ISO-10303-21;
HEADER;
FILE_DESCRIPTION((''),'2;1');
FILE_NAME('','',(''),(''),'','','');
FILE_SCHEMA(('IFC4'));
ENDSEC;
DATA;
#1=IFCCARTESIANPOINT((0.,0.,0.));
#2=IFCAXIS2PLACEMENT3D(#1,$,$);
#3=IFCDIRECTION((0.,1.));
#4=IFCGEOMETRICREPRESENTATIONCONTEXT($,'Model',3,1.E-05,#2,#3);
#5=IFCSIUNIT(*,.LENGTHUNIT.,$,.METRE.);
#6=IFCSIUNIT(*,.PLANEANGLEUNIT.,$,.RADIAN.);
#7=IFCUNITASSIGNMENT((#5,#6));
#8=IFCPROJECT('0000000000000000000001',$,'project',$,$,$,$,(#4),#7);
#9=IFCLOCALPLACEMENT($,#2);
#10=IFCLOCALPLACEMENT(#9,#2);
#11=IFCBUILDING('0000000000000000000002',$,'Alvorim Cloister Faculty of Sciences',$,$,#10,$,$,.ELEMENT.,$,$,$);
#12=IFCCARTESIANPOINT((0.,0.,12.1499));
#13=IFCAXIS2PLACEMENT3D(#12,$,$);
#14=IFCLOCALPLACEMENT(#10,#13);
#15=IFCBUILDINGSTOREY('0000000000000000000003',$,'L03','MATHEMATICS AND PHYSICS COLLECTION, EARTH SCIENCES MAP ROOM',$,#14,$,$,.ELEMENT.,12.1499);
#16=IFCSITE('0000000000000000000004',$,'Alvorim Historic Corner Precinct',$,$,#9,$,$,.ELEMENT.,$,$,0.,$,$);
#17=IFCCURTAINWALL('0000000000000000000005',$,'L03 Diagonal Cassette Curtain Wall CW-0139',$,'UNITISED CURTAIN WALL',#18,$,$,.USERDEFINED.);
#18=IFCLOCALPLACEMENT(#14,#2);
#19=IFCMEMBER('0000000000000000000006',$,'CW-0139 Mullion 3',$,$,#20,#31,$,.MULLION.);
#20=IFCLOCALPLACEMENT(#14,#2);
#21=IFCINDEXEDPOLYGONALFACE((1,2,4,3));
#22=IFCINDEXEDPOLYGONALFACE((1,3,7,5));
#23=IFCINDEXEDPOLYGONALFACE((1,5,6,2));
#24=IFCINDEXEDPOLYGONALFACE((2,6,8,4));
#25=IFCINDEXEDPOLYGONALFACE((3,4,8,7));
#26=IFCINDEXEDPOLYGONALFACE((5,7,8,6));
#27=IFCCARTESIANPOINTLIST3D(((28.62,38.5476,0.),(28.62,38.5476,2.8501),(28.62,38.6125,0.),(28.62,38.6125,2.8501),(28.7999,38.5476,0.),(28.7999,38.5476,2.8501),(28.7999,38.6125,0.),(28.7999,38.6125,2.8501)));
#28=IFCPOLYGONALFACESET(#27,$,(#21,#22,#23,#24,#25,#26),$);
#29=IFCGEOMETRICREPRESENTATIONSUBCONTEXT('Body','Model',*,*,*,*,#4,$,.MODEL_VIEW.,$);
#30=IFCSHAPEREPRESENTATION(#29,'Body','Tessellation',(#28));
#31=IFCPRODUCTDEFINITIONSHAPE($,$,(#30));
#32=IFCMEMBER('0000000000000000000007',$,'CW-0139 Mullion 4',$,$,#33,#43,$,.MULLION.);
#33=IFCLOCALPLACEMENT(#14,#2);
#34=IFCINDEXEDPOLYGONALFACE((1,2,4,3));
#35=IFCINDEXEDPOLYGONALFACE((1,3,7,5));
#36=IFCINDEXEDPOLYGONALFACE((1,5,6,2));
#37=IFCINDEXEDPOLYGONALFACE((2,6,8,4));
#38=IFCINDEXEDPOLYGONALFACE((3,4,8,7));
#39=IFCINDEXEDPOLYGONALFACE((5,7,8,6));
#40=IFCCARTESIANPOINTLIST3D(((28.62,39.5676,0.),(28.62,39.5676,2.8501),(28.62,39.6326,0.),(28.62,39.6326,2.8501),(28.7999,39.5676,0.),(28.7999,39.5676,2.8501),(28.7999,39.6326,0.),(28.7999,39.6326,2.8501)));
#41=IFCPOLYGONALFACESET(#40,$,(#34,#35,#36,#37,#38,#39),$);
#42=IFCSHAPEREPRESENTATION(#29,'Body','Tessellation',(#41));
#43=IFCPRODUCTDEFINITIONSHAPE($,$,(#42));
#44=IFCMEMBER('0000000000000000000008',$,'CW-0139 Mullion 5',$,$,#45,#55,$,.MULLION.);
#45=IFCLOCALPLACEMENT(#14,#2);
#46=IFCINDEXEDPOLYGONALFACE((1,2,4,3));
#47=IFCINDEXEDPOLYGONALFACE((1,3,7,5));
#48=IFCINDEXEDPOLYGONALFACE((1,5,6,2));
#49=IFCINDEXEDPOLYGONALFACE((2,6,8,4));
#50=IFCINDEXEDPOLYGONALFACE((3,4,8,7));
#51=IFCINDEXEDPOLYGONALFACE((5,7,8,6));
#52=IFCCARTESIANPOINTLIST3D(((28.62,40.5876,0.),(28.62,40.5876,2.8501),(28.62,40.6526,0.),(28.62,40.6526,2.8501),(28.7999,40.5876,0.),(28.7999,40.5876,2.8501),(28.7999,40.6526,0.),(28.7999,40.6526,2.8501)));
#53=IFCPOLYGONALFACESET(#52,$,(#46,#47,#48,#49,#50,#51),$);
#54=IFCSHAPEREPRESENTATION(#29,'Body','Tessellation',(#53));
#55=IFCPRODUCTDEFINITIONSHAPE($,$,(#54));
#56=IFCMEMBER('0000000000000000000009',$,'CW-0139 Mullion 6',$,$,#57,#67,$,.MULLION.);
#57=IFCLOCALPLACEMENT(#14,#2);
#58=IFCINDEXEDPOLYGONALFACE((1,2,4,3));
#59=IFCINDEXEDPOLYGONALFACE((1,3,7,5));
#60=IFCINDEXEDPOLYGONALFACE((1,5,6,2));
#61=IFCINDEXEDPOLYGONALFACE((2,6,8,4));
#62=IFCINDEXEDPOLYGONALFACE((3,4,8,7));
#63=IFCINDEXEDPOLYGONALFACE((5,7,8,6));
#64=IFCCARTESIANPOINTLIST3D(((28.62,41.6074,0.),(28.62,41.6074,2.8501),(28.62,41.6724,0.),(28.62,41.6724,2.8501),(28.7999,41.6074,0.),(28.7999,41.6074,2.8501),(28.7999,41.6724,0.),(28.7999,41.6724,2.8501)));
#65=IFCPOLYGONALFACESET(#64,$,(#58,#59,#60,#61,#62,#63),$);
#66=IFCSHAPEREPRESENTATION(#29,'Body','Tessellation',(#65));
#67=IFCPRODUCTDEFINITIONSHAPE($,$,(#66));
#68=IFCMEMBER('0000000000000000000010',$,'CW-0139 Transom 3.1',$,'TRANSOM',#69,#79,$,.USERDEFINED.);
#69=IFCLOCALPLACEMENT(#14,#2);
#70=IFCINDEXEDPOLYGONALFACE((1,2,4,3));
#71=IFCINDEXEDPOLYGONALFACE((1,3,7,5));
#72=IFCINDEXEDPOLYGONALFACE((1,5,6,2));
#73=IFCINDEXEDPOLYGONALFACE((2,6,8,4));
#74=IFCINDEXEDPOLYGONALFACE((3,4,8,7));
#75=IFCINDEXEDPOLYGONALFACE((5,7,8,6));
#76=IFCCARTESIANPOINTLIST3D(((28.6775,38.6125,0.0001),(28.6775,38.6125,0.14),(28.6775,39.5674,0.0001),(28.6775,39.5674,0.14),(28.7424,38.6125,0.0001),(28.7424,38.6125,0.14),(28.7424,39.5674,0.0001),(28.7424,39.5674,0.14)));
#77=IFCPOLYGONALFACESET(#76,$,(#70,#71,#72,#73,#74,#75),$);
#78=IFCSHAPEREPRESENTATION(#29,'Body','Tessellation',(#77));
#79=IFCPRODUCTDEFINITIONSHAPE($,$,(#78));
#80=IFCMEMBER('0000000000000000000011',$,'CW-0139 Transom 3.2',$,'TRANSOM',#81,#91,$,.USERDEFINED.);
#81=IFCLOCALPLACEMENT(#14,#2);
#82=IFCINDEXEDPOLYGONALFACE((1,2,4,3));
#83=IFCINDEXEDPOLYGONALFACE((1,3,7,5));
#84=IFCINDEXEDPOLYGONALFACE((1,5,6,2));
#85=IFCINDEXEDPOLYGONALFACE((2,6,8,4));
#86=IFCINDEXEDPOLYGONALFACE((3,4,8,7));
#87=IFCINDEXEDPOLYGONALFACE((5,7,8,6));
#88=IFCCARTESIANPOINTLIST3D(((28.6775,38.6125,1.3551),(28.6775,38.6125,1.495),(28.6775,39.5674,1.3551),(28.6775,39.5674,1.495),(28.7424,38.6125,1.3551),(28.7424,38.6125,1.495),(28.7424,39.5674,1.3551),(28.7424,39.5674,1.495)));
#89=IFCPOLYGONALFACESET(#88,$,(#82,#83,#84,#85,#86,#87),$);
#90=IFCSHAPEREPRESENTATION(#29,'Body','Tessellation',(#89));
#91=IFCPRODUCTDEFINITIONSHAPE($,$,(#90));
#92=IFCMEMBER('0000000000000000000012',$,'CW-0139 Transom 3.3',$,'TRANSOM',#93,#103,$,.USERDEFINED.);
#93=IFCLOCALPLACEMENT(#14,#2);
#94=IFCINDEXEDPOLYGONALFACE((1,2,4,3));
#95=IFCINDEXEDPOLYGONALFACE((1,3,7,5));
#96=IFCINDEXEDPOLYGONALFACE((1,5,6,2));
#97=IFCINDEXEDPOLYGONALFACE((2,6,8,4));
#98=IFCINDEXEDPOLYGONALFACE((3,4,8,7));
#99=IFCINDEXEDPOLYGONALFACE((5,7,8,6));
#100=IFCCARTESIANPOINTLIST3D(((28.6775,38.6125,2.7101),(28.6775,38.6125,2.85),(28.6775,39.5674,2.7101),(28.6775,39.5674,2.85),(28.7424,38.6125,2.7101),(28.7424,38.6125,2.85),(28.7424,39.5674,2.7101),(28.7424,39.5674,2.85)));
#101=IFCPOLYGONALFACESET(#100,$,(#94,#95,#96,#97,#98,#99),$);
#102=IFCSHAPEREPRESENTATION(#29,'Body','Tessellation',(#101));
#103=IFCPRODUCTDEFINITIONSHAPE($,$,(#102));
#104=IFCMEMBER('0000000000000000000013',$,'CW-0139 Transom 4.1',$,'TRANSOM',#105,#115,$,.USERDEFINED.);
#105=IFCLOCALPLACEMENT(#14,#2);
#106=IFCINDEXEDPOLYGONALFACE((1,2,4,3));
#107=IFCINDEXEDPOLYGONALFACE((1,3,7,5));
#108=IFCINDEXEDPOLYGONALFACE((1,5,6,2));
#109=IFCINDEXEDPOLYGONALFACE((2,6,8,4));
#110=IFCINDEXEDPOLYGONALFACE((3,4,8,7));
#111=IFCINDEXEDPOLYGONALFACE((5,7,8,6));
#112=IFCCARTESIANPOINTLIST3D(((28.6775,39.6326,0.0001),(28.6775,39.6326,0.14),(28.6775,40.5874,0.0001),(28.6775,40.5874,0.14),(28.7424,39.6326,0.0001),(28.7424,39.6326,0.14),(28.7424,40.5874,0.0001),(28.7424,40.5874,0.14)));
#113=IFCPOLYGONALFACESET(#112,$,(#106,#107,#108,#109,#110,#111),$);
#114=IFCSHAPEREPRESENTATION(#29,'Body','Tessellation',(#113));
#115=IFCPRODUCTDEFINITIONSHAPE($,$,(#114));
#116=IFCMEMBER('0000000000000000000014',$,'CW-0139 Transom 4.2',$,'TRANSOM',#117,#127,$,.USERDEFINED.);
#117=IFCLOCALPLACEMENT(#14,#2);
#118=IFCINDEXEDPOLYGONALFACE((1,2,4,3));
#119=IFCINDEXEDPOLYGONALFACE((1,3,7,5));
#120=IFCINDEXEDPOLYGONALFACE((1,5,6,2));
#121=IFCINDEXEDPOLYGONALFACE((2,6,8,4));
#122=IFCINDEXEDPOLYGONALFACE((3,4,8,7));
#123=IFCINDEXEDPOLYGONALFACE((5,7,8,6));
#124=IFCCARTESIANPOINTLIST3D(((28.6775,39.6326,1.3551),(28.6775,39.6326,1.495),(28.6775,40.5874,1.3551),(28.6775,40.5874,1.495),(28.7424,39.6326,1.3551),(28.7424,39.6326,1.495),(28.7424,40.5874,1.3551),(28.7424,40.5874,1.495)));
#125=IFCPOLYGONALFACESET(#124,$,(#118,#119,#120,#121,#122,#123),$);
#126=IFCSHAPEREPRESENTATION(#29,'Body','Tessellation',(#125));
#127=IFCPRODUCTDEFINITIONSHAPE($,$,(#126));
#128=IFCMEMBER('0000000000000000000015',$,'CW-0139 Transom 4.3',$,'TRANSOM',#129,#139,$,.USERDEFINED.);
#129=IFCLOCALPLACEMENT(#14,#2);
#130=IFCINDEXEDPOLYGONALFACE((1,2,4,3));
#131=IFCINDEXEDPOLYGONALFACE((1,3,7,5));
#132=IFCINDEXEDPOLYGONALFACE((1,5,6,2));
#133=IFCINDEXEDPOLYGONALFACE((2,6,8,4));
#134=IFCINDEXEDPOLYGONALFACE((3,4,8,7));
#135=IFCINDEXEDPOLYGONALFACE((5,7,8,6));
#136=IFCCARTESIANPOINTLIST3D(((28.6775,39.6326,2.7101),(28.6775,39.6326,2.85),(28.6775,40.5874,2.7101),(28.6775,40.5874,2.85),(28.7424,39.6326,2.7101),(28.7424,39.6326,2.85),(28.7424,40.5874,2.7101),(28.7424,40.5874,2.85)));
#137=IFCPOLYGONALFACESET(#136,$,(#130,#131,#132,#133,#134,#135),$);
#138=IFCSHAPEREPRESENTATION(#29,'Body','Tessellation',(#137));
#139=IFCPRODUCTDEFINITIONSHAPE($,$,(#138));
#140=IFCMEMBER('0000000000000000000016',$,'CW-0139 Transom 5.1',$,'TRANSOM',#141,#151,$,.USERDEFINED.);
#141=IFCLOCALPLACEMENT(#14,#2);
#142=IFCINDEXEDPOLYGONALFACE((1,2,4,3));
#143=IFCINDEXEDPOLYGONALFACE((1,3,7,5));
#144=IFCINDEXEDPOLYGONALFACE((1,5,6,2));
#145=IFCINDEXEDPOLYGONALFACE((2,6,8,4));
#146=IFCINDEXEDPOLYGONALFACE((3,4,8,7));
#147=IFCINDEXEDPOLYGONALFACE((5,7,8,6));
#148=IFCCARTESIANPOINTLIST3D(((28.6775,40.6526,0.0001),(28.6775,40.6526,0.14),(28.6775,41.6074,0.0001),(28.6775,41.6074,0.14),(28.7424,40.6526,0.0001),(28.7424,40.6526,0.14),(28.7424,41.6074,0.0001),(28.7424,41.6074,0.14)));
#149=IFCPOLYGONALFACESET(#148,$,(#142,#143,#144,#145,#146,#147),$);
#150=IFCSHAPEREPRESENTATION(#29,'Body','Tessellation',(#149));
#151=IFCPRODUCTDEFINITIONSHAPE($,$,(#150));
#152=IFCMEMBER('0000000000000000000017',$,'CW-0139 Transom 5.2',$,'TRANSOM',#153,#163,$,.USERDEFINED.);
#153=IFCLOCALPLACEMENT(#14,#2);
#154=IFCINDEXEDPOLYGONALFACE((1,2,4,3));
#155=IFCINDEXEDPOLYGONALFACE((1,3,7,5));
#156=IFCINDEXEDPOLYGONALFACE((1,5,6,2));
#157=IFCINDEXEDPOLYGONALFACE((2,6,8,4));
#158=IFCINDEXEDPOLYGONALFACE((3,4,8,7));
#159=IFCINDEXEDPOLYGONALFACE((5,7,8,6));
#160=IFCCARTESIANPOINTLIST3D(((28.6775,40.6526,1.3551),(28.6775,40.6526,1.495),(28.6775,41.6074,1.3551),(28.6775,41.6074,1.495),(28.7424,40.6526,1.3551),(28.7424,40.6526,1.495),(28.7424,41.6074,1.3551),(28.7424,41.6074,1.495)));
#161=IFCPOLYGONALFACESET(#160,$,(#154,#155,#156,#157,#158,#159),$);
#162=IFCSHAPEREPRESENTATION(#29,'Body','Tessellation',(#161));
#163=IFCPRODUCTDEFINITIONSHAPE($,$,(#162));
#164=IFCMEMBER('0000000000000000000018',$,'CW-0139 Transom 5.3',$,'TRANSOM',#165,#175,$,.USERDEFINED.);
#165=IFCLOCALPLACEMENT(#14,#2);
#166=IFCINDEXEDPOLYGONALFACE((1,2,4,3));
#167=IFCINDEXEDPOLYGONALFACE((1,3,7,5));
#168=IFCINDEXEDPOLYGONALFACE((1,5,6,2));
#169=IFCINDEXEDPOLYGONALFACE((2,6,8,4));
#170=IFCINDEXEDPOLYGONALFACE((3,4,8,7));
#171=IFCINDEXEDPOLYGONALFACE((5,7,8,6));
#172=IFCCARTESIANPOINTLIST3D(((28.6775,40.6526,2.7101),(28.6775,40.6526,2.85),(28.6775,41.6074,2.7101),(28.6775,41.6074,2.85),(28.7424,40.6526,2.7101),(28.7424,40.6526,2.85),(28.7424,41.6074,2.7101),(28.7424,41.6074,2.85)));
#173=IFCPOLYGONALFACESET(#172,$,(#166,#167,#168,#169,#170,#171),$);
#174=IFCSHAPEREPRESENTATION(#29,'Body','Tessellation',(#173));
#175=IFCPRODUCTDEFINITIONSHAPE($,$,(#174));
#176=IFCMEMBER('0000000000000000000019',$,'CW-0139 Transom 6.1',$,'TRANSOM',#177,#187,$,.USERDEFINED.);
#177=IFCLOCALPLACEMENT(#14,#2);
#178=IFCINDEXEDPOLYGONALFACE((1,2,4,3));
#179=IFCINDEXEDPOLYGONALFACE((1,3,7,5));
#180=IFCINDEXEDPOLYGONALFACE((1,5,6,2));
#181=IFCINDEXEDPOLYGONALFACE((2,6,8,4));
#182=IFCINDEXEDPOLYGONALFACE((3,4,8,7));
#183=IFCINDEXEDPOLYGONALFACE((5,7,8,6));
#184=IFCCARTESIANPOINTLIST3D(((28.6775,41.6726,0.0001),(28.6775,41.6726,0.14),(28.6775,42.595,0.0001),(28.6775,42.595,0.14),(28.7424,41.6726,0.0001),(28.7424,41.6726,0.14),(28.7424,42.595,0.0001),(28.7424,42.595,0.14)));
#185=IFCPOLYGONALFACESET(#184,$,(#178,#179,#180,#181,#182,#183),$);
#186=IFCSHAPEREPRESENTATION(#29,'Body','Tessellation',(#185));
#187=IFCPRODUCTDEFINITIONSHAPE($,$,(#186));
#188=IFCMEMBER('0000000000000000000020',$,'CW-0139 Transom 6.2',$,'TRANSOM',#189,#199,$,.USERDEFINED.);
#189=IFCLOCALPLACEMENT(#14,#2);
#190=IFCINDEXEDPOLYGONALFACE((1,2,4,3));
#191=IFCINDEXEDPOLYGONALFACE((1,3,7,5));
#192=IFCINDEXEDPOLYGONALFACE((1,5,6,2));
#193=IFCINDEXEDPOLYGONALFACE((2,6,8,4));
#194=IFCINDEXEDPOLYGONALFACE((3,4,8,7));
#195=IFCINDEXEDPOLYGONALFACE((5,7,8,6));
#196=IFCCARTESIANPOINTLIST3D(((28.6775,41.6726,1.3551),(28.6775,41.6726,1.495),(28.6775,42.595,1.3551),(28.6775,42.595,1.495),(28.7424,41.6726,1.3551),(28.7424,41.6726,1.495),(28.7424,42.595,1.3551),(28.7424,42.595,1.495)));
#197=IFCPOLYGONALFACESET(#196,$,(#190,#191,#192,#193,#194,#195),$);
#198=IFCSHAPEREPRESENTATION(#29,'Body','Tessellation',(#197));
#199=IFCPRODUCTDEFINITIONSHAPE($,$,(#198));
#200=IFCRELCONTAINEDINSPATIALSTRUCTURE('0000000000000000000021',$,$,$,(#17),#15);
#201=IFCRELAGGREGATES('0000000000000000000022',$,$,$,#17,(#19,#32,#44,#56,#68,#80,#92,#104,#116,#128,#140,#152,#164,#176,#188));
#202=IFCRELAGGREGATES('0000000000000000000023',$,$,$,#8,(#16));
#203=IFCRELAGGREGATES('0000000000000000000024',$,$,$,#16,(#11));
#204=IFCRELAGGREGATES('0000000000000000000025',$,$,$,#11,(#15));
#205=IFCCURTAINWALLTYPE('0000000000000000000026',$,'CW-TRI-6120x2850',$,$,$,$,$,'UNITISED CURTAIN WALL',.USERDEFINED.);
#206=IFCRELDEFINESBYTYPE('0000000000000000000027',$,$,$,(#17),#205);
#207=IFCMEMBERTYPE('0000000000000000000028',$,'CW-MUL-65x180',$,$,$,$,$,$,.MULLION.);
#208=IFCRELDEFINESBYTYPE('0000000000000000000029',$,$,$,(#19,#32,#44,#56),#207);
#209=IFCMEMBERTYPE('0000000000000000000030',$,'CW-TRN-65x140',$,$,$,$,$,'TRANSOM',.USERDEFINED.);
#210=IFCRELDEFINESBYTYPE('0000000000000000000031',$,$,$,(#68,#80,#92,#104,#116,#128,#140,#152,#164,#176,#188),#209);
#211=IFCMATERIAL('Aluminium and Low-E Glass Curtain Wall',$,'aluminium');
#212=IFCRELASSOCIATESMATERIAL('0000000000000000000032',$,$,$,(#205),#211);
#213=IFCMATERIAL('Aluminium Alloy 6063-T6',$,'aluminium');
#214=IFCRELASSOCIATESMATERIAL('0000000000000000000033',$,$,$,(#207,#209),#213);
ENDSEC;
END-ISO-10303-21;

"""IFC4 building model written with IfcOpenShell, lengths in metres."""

from ifc_helpers import new_model, si_unit, direction, frame, origin, origin_2d, place, context, subcontext, project, spatial, rectangle, extrude, material, material_profile, profile_set, type_object, element, aggregate, save


model = new_model("IFC4")

# Units and contexts
model_context = context("Model", 3, precision=1e-05, world=origin(), true_north=direction((0.0, 1.0)))
body_context = subcontext(model_context, "Body", "Model", "MODEL_VIEW")
ifc_project = project(units=[si_unit("LENGTHUNIT", "METRE"), si_unit("PLANEANGLEUNIT", "RADIAN")], contexts=[model_context])

# Site, building, storey
site_placement = place(None, origin())
site = spatial("IfcSite", under=ifc_project, at=site_placement, Name="Alvorim Historic Corner Precinct", CompositionType="ELEMENT", RefElevation=0.0)
building_placement = place(site_placement, origin())
building = spatial("IfcBuilding", under=site, at=building_placement, Name="Alvorim Cloister Faculty of Sciences", CompositionType="ELEMENT")
storey_placement = place(building_placement, frame((0.0, 0.0, 12.1499)))
storey = spatial("IfcBuildingStorey", under=building, at=storey_placement, Name="L03", Description="MATHEMATICS AND PHYSICS COLLECTION, EARTH SCIENCES MAP ROOM", CompositionType="ELEMENT", Elevation=12.1499)

# Curtain wall, members
ifc_material_1 = material(Name="Aluminium and Low-E Glass Curtain Wall", Category="aluminium")
curtain_wall_type = type_object("IfcCurtainWallType", Name="CW-TRI-6120x2850", ElementType="UNITISED CURTAIN WALL", PredefinedType="USERDEFINED", material=ifc_material_1)
curtain_wall_placement = place(storey_placement, origin())
curtain_wall = element("IfcCurtainWall", 1, at=curtain_wall_placement, inside=storey, type_object=curtain_wall_type, Name="L03 Diagonal Cassette Curtain Wall CW-0139", ObjectType="UNITISED CURTAIN WALL", PredefinedType="USERDEFINED")
ifc_material_2 = material(Name="Aluminium Alloy 6063-T6", Category="aluminium")
ifc_material_profile_1 = material_profile(ifc_material_2, rectangle(XDim=0.0649, YDim=0.1799, at=origin_2d()), Name="ALU-MUL-65x180")
ifc_profile_set_1 = profile_set([ifc_material_profile_1], Name="Aluminium Alloy 6063-T6")
member_type_1 = type_object("IfcMemberType", Name="CW-MUL-65x180", PredefinedType="MULLION", material=ifc_profile_set_1)
member_1_placement = place(storey_placement, frame((28.71, 38.5801, 0.0), z_axis=(0.0, 0.0, 1.0), x_axis=(0.0, 1.0, 0.0)))
member_1 = element("IfcMember", 2, at=member_1_placement, type_object=member_type_1, Name="CW-0139 Mullion 3", PredefinedType="MULLION", context=body_context, shape_type="SweptSolid", body=[
    extrude(rectangle(XDim=0.0649, YDim=0.1799, at=origin_2d()), origin(), (0.0, 0.0, 1.0), 2.8501),
])
member_2_placement = place(storey_placement, frame((28.71, 39.6001, 0.0), z_axis=(0.0, 0.0, 1.0), x_axis=(0.0, 1.0, 0.0)))
member_2 = element("IfcMember", 3, at=member_2_placement, type_object=member_type_1, Name="CW-0139 Mullion 4", PredefinedType="MULLION", context=body_context, shape_type="SweptSolid", body=[
    extrude(rectangle(XDim=0.0649, YDim=0.1799, at=origin_2d()), origin(), (0.0, 0.0, 1.0), 2.8501),
])
member_3_placement = place(storey_placement, frame((28.71, 40.6201, 0.0), z_axis=(0.0, 0.0, 1.0), x_axis=(0.0, 1.0, 0.0)))
member_3 = element("IfcMember", 4, at=member_3_placement, type_object=member_type_1, Name="CW-0139 Mullion 5", PredefinedType="MULLION", context=body_context, shape_type="SweptSolid", body=[
    extrude(rectangle(XDim=0.0649, YDim=0.1799, at=origin_2d()), origin(), (0.0, 0.0, 1.0), 2.8501),
])
member_4_placement = place(storey_placement, frame((28.71, 41.6399, 0.0), z_axis=(0.0, 0.0, 1.0), x_axis=(0.0, 1.0, 0.0)))
member_4 = element("IfcMember", 5, at=member_4_placement, type_object=member_type_1, Name="CW-0139 Mullion 6", PredefinedType="MULLION", context=body_context, shape_type="SweptSolid", body=[
    extrude(rectangle(XDim=0.0649, YDim=0.1799, at=origin_2d()), origin(), (0.0, 0.0, 1.0), 2.8501),
])
ifc_material_profile_2 = material_profile(ifc_material_2, rectangle(XDim=0.0649, YDim=0.1399, at=origin_2d()), Name="ALU-TRN-65x140")
ifc_profile_set_2 = profile_set([ifc_material_profile_2], Name="Aluminium Alloy 6063-T6")
member_type_2 = type_object("IfcMemberType", Name="CW-TRN-65x140", ElementType="TRANSOM", PredefinedType="USERDEFINED", material=ifc_profile_set_2)
member_5_placement = place(storey_placement, frame((28.71, 38.6125, 0.0701), z_axis=(0.0, 1.0, 0.0), x_axis=(-1.0, 0.0, 0.0)))
member_5 = element("IfcMember", 6, at=member_5_placement, type_object=member_type_2, Name="CW-0139 Transom 3.1", ObjectType="TRANSOM", PredefinedType="USERDEFINED", context=body_context, shape_type="SweptSolid", body=[
    extrude(rectangle(XDim=0.0649, YDim=0.1399, at=origin_2d()), origin(), (0.0, 0.0, 1.0), 0.9548),
])
member_6_placement = place(storey_placement, frame((28.71, 38.6125, 1.425), z_axis=(0.0, 1.0, 0.0), x_axis=(-1.0, 0.0, 0.0)))
member_6 = element("IfcMember", 7, at=member_6_placement, type_object=member_type_2, Name="CW-0139 Transom 3.2", ObjectType="TRANSOM", PredefinedType="USERDEFINED", context=body_context, shape_type="SweptSolid", body=[
    extrude(rectangle(XDim=0.0649, YDim=0.1399, at=origin_2d()), origin(), (0.0, 0.0, 1.0), 0.9548),
])
member_7_placement = place(storey_placement, frame((28.71, 38.6125, 2.78), z_axis=(0.0, 1.0, 0.0), x_axis=(-1.0, 0.0, 0.0)))
member_7 = element("IfcMember", 8, at=member_7_placement, type_object=member_type_2, Name="CW-0139 Transom 3.3", ObjectType="TRANSOM", PredefinedType="USERDEFINED", context=body_context, shape_type="SweptSolid", body=[
    extrude(rectangle(XDim=0.0649, YDim=0.1399, at=origin_2d()), origin(), (0.0, 0.0, 1.0), 0.9548),
])
member_8_placement = place(storey_placement, frame((28.71, 39.6326, 0.0701), z_axis=(0.0, 1.0, 0.0), x_axis=(-1.0, 0.0, 0.0)))
member_8 = element("IfcMember", 9, at=member_8_placement, type_object=member_type_2, Name="CW-0139 Transom 4.1", ObjectType="TRANSOM", PredefinedType="USERDEFINED", context=body_context, shape_type="SweptSolid", body=[
    extrude(rectangle(XDim=0.0649, YDim=0.1399, at=origin_2d()), origin(), (0.0, 0.0, 1.0), 0.9548),
])
member_9_placement = place(storey_placement, frame((28.71, 39.6326, 1.425), z_axis=(0.0, 1.0, 0.0), x_axis=(-1.0, 0.0, 0.0)))
member_9 = element("IfcMember", 10, at=member_9_placement, type_object=member_type_2, Name="CW-0139 Transom 4.2", ObjectType="TRANSOM", PredefinedType="USERDEFINED", context=body_context, shape_type="SweptSolid", body=[
    extrude(rectangle(XDim=0.0649, YDim=0.1399, at=origin_2d()), origin(), (0.0, 0.0, 1.0), 0.9548),
])
member_10_placement = place(storey_placement, frame((28.71, 39.6326, 2.78), z_axis=(0.0, 1.0, 0.0), x_axis=(-1.0, 0.0, 0.0)))
member_10 = element("IfcMember", 11, at=member_10_placement, type_object=member_type_2, Name="CW-0139 Transom 4.3", ObjectType="TRANSOM", PredefinedType="USERDEFINED", context=body_context, shape_type="SweptSolid", body=[
    extrude(rectangle(XDim=0.0649, YDim=0.1399, at=origin_2d()), origin(), (0.0, 0.0, 1.0), 0.9548),
])
member_11_placement = place(storey_placement, frame((28.71, 40.6526, 0.0701), z_axis=(0.0, 1.0, 0.0), x_axis=(-1.0, 0.0, 0.0)))
member_11 = element("IfcMember", 12, at=member_11_placement, type_object=member_type_2, Name="CW-0139 Transom 5.1", ObjectType="TRANSOM", PredefinedType="USERDEFINED", context=body_context, shape_type="SweptSolid", body=[
    extrude(rectangle(XDim=0.0649, YDim=0.1399, at=origin_2d()), origin(), (0.0, 0.0, 1.0), 0.9548),
])
member_12_placement = place(storey_placement, frame((28.71, 40.6526, 1.425), z_axis=(0.0, 1.0, 0.0), x_axis=(-1.0, 0.0, 0.0)))
member_12 = element("IfcMember", 13, at=member_12_placement, type_object=member_type_2, Name="CW-0139 Transom 5.2", ObjectType="TRANSOM", PredefinedType="USERDEFINED", context=body_context, shape_type="SweptSolid", body=[
    extrude(rectangle(XDim=0.0649, YDim=0.1399, at=origin_2d()), origin(), (0.0, 0.0, 1.0), 0.9548),
])
member_13_placement = place(storey_placement, frame((28.71, 40.6526, 2.78), z_axis=(0.0, 1.0, 0.0), x_axis=(-1.0, 0.0, 0.0)))
member_13 = element("IfcMember", 14, at=member_13_placement, type_object=member_type_2, Name="CW-0139 Transom 5.3", ObjectType="TRANSOM", PredefinedType="USERDEFINED", context=body_context, shape_type="SweptSolid", body=[
    extrude(rectangle(XDim=0.0649, YDim=0.1399, at=origin_2d()), origin(), (0.0, 0.0, 1.0), 0.9548),
])
member_14_placement = place(storey_placement, frame((28.71, 41.6726, 0.0701), z_axis=(0.0, 1.0, 0.0), x_axis=(-1.0, 0.0, 0.0)))
member_14 = element("IfcMember", 15, at=member_14_placement, type_object=member_type_2, Name="CW-0139 Transom 6.1", ObjectType="TRANSOM", PredefinedType="USERDEFINED", context=body_context, shape_type="SweptSolid", body=[
    extrude(rectangle(XDim=0.0649, YDim=0.1399, at=origin_2d()), origin(), (0.0, 0.0, 1.0), 0.9224),
])
member_15_placement = place(storey_placement, frame((28.71, 41.6726, 1.425), z_axis=(0.0, 1.0, 0.0), x_axis=(-1.0, 0.0, 0.0)))
member_15 = element("IfcMember", 16, at=member_15_placement, type_object=member_type_2, Name="CW-0139 Transom 6.2", ObjectType="TRANSOM", PredefinedType="USERDEFINED", context=body_context, shape_type="SweptSolid", body=[
    extrude(rectangle(XDim=0.0649, YDim=0.1399, at=origin_2d()), origin(), (0.0, 0.0, 1.0), 0.9224),
])
aggregate(curtain_wall, [member_1, member_2, member_3, member_4, member_5, member_6, member_7, member_8, member_9, member_10, member_11, member_12, member_13, member_14, member_15])

save(model, "model.ifc")
